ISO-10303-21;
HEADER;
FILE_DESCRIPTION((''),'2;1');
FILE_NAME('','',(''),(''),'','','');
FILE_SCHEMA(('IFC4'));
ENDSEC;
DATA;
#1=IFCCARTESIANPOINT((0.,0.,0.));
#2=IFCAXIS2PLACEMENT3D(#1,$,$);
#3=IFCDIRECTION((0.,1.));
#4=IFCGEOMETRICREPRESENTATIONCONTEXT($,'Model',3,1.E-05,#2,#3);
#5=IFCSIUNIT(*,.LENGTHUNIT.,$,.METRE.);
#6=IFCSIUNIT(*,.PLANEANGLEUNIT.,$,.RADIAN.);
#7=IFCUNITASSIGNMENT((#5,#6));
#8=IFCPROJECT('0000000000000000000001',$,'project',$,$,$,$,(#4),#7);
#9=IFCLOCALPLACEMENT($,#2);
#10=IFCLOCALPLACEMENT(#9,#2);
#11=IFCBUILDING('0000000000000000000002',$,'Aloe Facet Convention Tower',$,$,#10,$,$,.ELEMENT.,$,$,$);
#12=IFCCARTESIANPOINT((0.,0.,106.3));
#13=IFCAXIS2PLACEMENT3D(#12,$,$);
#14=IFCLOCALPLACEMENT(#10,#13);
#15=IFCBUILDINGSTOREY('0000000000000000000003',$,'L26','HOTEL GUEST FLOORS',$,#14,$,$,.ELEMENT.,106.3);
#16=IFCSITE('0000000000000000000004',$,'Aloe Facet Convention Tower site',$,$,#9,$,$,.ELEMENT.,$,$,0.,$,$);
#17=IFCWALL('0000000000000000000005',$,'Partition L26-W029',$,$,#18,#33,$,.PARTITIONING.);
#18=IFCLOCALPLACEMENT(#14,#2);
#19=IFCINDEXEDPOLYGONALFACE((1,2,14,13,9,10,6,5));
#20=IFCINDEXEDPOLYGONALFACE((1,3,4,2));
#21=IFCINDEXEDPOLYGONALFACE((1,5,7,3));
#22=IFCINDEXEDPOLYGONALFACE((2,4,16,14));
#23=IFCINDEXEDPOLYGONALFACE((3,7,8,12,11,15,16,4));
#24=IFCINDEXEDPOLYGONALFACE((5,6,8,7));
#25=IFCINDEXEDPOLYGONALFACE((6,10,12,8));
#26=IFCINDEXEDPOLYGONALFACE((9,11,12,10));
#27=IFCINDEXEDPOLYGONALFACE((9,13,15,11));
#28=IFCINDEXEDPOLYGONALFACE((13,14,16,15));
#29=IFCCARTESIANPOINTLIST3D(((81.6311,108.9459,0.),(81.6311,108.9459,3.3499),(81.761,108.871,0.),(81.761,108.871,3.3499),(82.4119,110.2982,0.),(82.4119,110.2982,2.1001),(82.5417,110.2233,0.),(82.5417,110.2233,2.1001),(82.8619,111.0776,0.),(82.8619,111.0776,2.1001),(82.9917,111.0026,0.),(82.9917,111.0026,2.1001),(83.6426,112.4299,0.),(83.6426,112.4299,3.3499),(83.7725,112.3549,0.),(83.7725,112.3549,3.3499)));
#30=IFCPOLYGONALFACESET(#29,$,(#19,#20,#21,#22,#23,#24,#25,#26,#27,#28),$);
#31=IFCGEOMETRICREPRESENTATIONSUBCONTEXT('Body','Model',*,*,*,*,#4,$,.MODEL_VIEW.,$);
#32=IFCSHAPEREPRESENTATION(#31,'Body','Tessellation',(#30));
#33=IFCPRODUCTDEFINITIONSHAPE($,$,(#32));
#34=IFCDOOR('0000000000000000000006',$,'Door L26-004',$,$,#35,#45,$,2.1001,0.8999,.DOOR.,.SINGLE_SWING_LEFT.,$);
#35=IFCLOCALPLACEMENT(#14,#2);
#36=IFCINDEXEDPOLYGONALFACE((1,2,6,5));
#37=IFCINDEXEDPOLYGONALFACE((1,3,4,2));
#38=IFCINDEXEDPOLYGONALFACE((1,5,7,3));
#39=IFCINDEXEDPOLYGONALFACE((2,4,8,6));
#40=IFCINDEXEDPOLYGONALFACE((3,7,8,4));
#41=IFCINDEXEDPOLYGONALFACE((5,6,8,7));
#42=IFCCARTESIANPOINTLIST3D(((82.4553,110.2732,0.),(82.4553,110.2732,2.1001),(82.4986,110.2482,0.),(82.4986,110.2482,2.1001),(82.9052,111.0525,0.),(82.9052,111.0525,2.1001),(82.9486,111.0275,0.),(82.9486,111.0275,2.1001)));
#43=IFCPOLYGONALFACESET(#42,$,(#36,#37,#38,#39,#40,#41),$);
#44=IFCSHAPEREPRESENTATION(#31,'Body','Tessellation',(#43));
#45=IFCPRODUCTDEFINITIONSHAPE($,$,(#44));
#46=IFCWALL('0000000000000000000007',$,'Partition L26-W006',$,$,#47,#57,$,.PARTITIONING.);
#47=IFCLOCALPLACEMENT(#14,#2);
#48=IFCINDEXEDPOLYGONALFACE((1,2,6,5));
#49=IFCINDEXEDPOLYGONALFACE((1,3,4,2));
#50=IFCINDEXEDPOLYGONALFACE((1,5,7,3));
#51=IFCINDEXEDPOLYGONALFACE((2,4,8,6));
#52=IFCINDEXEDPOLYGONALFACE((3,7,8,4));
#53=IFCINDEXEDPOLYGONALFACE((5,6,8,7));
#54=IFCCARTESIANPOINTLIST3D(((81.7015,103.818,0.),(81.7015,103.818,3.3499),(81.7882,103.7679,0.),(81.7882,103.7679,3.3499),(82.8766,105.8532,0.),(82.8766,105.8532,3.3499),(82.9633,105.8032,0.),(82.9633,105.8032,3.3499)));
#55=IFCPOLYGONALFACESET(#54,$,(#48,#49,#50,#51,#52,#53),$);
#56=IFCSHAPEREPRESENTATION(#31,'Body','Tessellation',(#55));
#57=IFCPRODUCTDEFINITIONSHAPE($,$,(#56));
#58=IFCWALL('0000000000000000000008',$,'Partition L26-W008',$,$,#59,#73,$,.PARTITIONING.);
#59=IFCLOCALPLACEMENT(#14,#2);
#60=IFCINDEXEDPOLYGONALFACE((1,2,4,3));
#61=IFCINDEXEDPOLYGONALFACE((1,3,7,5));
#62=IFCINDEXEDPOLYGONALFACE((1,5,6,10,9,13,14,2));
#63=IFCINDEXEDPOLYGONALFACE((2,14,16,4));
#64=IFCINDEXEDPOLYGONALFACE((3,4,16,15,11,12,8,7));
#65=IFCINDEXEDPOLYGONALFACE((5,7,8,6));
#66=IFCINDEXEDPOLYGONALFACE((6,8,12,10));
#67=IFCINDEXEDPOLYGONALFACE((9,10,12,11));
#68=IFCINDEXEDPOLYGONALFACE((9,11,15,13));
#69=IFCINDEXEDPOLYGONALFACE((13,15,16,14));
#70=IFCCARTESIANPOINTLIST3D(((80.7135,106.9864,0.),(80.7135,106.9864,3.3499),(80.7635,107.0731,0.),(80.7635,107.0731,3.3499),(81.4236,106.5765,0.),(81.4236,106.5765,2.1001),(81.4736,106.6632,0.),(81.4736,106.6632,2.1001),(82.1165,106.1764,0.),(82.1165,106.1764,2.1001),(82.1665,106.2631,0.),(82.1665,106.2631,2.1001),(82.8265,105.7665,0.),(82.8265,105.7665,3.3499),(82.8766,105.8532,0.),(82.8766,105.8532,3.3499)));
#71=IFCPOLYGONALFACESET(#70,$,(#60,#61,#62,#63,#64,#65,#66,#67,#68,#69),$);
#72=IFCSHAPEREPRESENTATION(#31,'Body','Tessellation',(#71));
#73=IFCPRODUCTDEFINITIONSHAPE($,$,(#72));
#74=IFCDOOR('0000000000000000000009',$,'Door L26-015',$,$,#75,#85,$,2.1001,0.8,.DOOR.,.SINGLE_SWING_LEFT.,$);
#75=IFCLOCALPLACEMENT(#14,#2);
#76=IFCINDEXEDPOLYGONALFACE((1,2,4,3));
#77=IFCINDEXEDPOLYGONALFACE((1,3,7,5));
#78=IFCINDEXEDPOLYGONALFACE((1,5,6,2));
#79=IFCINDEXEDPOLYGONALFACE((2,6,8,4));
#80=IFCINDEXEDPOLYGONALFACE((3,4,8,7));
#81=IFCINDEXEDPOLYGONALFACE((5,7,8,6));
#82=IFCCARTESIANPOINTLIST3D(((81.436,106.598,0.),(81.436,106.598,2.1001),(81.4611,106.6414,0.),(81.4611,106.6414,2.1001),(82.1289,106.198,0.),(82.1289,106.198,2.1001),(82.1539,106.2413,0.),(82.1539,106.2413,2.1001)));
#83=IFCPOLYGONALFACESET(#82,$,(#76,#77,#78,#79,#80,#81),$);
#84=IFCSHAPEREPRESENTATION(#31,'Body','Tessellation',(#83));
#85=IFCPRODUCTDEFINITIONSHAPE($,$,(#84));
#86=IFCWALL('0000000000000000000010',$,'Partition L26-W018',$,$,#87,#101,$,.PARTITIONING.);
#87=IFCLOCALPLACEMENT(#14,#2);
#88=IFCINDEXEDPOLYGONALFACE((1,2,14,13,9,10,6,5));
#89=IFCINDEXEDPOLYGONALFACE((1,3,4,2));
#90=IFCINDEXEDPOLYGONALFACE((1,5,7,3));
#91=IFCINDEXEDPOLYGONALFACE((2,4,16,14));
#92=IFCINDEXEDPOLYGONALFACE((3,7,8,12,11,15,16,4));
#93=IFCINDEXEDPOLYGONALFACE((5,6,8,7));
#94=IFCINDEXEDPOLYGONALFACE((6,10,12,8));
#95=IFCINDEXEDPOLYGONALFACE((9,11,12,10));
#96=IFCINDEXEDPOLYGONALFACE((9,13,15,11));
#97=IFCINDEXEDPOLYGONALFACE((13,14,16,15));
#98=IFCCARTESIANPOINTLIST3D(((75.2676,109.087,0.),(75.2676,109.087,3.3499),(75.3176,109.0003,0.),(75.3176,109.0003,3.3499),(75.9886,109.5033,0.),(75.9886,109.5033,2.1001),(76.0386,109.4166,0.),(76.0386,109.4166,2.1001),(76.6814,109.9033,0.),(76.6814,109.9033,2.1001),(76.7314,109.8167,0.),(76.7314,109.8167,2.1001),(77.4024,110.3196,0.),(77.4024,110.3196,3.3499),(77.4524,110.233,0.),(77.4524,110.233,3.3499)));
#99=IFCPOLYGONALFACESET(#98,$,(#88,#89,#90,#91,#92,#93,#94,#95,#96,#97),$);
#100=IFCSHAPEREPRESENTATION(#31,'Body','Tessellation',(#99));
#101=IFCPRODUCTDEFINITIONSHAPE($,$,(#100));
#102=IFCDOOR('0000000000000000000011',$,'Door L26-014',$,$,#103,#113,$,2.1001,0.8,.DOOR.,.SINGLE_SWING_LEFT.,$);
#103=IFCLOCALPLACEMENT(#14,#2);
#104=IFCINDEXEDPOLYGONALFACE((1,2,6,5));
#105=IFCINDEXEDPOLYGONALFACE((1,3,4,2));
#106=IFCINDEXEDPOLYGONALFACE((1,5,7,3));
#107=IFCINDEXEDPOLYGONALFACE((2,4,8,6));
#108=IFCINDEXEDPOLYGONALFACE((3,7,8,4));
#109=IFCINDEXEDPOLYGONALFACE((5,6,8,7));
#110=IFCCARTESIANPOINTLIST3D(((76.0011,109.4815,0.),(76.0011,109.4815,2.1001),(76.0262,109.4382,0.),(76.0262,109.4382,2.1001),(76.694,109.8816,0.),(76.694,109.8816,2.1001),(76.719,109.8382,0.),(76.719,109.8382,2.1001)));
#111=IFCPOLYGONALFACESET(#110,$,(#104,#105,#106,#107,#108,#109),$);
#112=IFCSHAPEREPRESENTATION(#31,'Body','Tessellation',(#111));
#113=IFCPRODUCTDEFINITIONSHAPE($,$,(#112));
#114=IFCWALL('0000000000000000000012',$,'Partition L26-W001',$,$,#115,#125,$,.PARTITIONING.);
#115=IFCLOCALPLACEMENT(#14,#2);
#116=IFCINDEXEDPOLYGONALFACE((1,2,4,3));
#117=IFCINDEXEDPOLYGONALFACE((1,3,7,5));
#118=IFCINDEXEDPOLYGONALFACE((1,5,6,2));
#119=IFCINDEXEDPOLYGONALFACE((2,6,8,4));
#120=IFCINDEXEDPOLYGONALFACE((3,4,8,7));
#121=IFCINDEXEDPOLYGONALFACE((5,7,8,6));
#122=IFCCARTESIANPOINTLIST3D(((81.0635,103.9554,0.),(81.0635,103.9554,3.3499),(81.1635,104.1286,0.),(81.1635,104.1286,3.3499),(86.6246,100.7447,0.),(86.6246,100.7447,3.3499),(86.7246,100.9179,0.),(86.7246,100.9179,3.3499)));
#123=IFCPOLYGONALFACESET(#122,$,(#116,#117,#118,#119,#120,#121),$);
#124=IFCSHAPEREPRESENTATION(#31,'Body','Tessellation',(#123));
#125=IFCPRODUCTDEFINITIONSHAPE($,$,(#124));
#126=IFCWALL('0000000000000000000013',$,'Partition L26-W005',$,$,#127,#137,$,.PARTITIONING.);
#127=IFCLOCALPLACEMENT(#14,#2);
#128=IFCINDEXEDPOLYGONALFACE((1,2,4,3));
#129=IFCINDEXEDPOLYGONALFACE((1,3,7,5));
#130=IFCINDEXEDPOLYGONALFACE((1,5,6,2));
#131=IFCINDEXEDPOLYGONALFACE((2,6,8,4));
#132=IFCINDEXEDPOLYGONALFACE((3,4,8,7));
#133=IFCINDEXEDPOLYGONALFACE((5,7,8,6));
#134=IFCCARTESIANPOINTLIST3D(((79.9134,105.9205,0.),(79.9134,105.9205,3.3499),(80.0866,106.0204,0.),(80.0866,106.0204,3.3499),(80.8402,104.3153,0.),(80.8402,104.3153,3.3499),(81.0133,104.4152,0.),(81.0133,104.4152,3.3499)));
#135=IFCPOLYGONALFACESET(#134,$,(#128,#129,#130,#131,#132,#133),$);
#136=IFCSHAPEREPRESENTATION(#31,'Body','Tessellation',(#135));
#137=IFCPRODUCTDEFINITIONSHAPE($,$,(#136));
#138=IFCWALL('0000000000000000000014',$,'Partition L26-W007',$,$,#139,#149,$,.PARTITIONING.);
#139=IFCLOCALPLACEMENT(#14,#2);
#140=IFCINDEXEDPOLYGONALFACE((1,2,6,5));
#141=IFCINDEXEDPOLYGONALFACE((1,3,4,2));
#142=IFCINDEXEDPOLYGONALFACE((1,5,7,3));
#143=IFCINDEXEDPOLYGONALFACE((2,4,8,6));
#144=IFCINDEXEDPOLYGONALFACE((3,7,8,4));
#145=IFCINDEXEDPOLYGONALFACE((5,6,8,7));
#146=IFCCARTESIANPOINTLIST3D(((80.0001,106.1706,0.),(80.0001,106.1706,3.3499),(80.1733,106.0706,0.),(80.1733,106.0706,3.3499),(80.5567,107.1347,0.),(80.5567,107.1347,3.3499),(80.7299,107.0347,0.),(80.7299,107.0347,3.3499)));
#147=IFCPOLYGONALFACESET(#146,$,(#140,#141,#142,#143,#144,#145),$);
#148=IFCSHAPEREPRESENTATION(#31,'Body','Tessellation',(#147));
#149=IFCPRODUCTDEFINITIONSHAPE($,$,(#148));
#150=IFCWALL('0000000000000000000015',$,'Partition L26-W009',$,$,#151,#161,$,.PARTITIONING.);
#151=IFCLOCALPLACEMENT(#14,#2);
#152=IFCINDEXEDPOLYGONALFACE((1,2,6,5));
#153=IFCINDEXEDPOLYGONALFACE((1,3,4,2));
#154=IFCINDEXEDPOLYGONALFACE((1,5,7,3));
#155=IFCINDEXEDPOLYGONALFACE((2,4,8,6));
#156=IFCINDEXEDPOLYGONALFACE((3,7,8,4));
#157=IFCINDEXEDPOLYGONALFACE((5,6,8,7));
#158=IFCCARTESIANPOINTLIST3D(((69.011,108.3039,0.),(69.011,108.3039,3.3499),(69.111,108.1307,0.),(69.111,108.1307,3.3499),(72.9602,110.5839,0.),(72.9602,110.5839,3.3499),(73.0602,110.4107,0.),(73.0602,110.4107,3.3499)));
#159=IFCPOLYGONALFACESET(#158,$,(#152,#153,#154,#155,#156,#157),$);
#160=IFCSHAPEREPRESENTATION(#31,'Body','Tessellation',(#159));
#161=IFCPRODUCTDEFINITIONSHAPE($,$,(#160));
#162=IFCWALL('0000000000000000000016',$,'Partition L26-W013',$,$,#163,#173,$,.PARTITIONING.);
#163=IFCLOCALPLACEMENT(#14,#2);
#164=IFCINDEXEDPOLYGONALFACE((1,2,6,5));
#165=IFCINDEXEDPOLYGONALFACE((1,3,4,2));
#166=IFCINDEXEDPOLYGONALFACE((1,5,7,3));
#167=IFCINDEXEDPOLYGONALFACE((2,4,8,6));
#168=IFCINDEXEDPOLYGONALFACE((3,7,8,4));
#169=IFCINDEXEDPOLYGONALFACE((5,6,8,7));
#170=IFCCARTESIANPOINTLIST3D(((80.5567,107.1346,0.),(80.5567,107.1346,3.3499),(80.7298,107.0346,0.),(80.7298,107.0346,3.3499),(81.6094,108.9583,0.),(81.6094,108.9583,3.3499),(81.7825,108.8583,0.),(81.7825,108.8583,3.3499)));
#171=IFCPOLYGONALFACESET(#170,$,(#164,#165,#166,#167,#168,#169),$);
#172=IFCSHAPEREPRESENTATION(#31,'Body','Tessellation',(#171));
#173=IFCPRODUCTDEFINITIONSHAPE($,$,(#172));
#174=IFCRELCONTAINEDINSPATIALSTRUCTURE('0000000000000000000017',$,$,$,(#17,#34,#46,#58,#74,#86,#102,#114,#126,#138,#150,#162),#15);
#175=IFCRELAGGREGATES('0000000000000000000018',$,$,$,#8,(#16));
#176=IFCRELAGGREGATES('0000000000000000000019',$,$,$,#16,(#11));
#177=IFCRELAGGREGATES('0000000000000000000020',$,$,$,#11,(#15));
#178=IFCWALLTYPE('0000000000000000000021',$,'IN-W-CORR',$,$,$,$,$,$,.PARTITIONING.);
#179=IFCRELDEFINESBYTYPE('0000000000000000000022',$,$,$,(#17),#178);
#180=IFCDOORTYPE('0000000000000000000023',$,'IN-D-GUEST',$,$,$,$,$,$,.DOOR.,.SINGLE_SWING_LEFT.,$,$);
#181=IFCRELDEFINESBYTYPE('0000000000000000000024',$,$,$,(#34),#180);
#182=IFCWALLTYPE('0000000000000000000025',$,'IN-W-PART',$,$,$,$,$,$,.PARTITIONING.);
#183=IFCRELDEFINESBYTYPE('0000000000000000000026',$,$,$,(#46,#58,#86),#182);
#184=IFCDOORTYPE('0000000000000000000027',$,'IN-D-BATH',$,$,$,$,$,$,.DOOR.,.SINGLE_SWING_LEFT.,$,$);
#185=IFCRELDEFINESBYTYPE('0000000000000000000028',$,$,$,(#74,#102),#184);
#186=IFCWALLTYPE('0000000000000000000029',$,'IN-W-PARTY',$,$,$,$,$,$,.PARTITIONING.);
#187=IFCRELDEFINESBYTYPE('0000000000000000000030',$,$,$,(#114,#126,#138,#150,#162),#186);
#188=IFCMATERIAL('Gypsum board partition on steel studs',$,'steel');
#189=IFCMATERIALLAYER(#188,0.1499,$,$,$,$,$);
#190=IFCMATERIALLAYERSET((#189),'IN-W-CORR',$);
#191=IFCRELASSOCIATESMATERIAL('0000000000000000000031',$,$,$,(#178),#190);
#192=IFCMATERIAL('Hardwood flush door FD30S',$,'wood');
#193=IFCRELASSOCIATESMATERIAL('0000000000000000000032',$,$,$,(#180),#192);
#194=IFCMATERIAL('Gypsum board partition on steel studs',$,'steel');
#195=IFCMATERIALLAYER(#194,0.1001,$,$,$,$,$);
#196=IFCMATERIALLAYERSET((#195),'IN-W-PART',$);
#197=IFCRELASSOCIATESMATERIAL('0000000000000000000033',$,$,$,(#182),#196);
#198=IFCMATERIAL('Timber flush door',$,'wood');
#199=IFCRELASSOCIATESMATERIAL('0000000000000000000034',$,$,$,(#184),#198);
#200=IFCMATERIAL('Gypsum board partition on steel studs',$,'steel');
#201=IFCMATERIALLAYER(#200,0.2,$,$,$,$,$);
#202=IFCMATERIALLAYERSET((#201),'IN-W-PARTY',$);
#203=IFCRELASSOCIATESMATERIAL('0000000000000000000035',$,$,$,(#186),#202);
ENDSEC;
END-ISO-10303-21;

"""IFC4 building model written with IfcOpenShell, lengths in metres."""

from ifc_helpers import new_model, si_unit, direction, frame, frame_2d, origin, place, context, subcontext, project, spatial, rectangle, extrude, material, layer, layer_set, type_object, element, fill, save


model = new_model("IFC4")

# Units and contexts
model_context = context("Model", 3, precision=1e-05, world=origin(), true_north=direction((0.0, 1.0)))
body_context = subcontext(model_context, "Body", "Model", "MODEL_VIEW")
ifc_project = project(units=[si_unit("LENGTHUNIT", "METRE"), si_unit("PLANEANGLEUNIT", "RADIAN")], contexts=[model_context])

# Site, building, storey
site_placement = place(None, origin())
site = spatial("IfcSite", under=ifc_project, at=site_placement, Name="Aloe Facet Convention Tower site", CompositionType="ELEMENT", RefElevation=0.0)
building_placement = place(site_placement, origin())
building = spatial("IfcBuilding", under=site, at=building_placement, Name="Aloe Facet Convention Tower", CompositionType="ELEMENT")
storey_placement = place(building_placement, frame((0.0, 0.0, 106.3)))
storey = spatial("IfcBuildingStorey", under=building, at=storey_placement, Name="L26", Description="HOTEL GUEST FLOORS", CompositionType="ELEMENT", Elevation=106.3)

# Shared definitions
ifc_material_1 = material(Name="Gypsum board partition on steel studs", Category="steel")
ifc_layer_1 = layer(ifc_material_1, 0.1499)
ifc_layer_set_1 = layer_set([ifc_layer_1], Name="IN-W-CORR")
wall_type_1 = type_object("IfcWallType", Name="IN-W-CORR", PredefinedType="PARTITIONING", material=ifc_layer_set_1)

# Wall, opening, door
wall_1_placement = place(storey_placement, frame((81.696, 108.9084, 0.0), z_axis=(0.0, 0.0, 1.0), x_axis=(0.50001, 0.86602, 0.0)))
wall_1 = element("IfcWall", 1, at=wall_1_placement, inside=storey, type_object=wall_type_1, Name="Partition L26-W029", PredefinedType="PARTITIONING", context=body_context, shape_type="SweptSolid", body=[
    extrude(rectangle(XDim=4.0229, YDim=0.1499, at=frame_2d((2.0115, 0.0))), origin(), (0.0, 0.0, 1.0), 3.3499),
])
opening_1_placement = place(wall_1_placement, frame((1.5615, 0.0, 0.0)))
opening_1 = element("IfcOpeningElement", 2, at=opening_1_placement, cuts=wall_1, PredefinedType="OPENING", context=body_context, shape_type="SweptSolid", body=[
    extrude(rectangle(XDim=0.8999, YDim=2.1001, at=frame_2d((0.45, 1.05))), frame((0.0, 0.085, 0.0), z_axis=(0.0, -1.0, 0.0), x_axis=(1.0, 0.0, 0.0)), (0.0, 0.0, 1.0), 0.1699),
])
ifc_material_2 = material(Name="Hardwood flush door FD30S", Category="wood")
door_type_1 = type_object("IfcDoorType", Name="IN-D-GUEST", OperationType="SINGLE_SWING_LEFT", PredefinedType="DOOR", material=ifc_material_2)
door_1_placement = place(opening_1_placement, origin())
door_1 = element("IfcDoor", 3, at=door_1_placement, inside=storey, type_object=door_type_1, Name="Door L26-004", OperationType="SINGLE_SWING_LEFT", OverallHeight=2.1001, OverallWidth=0.8999, PredefinedType="DOOR", context=body_context, shape_type="SweptSolid", body=[
    extrude(rectangle(XDim=0.8999, YDim=2.1001, at=frame_2d((0.45, 1.05))), frame((0.0, 0.0249, 0.0), z_axis=(0.0, -1.0, 0.0), x_axis=(1.0, 0.0, 0.0)), (0.0, 0.0, 1.0), 0.05),
])
fill(opening_1, door_1)

# Wall
ifc_material_3 = material(Name="Gypsum board partition on steel studs", Category="steel")
ifc_layer_2 = layer(ifc_material_3, 0.1001)
ifc_layer_set_2 = layer_set([ifc_layer_2], Name="IN-W-PART")
wall_type_2 = type_object("IfcWallType", Name="IN-W-PART", PredefinedType="PARTITIONING", material=ifc_layer_set_2)
wall_2_placement = place(storey_placement, frame((81.7449, 103.793, 0.0), z_axis=(0.0, 0.0, 1.0), x_axis=(0.500016, 0.866016, 0.0)))
element("IfcWall", 4, at=wall_2_placement, inside=storey, type_object=wall_type_2, Name="Partition L26-W006", PredefinedType="PARTITIONING", context=body_context, shape_type="SweptSolid", body=[
    extrude(rectangle(XDim=2.3501, YDim=0.1001, at=frame_2d((1.175, 0.0))), origin(), (0.0, 0.0, 1.0), 3.3499),
])

# Walls, openings, doors
wall_3_placement = place(storey_placement, frame((80.7385, 107.0298, 0.0), z_axis=(0.0, 0.0, 1.0), x_axis=(0.866024, -0.500003, 0.0)))
wall_3 = element("IfcWall", 5, at=wall_3_placement, inside=storey, type_object=wall_type_2, Name="Partition L26-W008", PredefinedType="PARTITIONING", context=body_context, shape_type="SweptSolid", body=[
    extrude(rectangle(XDim=2.4399, YDim=0.1001, at=frame_2d((1.22, 0.0))), origin(), (0.0, 0.0, 1.0), 3.3499),
])
opening_2_placement = place(wall_3_placement, frame((0.8201, 0.0, 0.0)))
opening_2 = element("IfcOpeningElement", 6, at=opening_2_placement, cuts=wall_3, PredefinedType="OPENING", context=body_context, shape_type="SweptSolid", body=[
    extrude(rectangle(XDim=0.8, YDim=2.1001, at=frame_2d((0.3999, 1.05))), frame((0.0, 0.0601, 0.0), z_axis=(0.0, -1.0, 0.0), x_axis=(1.0, 0.0, 0.0)), (0.0, 0.0, 1.0), 0.1201),
])
ifc_material_4 = material(Name="Timber flush door", Category="wood")
door_type_2 = type_object("IfcDoorType", Name="IN-D-BATH", OperationType="SINGLE_SWING_LEFT", PredefinedType="DOOR", material=ifc_material_4)
door_2_placement = place(opening_2_placement, origin())
door_2 = element("IfcDoor", 7, at=door_2_placement, inside=storey, type_object=door_type_2, Name="Door L26-015", OperationType="SINGLE_SWING_LEFT", OverallHeight=2.1001, OverallWidth=0.8, PredefinedType="DOOR", context=body_context, shape_type="SweptSolid", body=[
    extrude(rectangle(XDim=0.8, YDim=2.1001, at=frame_2d((0.3999, 1.05))), frame((0.0, 0.0249, 0.0), z_axis=(0.0, -1.0, 0.0), x_axis=(1.0, 0.0, 0.0)), (0.0, 0.0, 1.0), 0.05),
])
fill(opening_2, door_2)
wall_4_placement = place(storey_placement, frame((75.2927, 109.0437, 0.0), z_axis=(0.0, 0.0, 1.0), x_axis=(0.865998, 0.500048, 0.0)))
wall_4 = element("IfcWall", 8, at=wall_4_placement, inside=storey, type_object=wall_type_2, Name="Partition L26-W018", PredefinedType="PARTITIONING", context=body_context, shape_type="SweptSolid", body=[
    extrude(rectangle(XDim=2.4651, YDim=0.1001, at=frame_2d((1.2324, 0.0))), origin(), (0.0, 0.0, 1.0), 3.3499),
])
opening_3_placement = place(wall_4_placement, frame((0.8325, 0.0, 0.0)))
opening_3 = element("IfcOpeningElement", 9, at=opening_3_placement, cuts=wall_4, PredefinedType="OPENING", context=body_context, shape_type="SweptSolid", body=[
    extrude(rectangle(XDim=0.8, YDim=2.1001, at=frame_2d((0.3999, 1.05))), frame((0.0, 0.0601, 0.0), z_axis=(0.0, -1.0, 0.0), x_axis=(1.0, 0.0, 0.0)), (0.0, 0.0, 1.0), 0.1201),
])
door_3_placement = place(opening_3_placement, origin())
door_3 = element("IfcDoor", 10, at=door_3_placement, inside=storey, type_object=door_type_2, Name="Door L26-014", OperationType="SINGLE_SWING_LEFT", OverallHeight=2.1001, OverallWidth=0.8, PredefinedType="DOOR", context=body_context, shape_type="SweptSolid", body=[
    extrude(rectangle(XDim=0.8, YDim=2.1001, at=frame_2d((0.3999, 1.05))), frame((0.0, 0.0249, 0.0), z_axis=(0.0, -1.0, 0.0), x_axis=(1.0, 0.0, 0.0)), (0.0, 0.0, 1.0), 0.05),
])
fill(opening_3, door_3)

# Walls
ifc_material_5 = material(Name="Gypsum board partition on steel studs", Category="steel")
ifc_layer_3 = layer(ifc_material_5, 0.2)
ifc_layer_set_3 = layer_set([ifc_layer_3], Name="IN-W-PARTY")
wall_type_3 = type_object("IfcWallType", Name="IN-W-PARTY", PredefinedType="PARTITIONING", material=ifc_layer_set_3)
wall_5_placement = place(storey_placement, frame((81.1135, 104.042, 0.0), z_axis=(0.0, 0.0, 1.0), x_axis=(0.866024, -0.500003, 0.0)))
element("IfcWall", 11, at=wall_5_placement, inside=storey, type_object=wall_type_3, Name="Partition L26-W001", PredefinedType="PARTITIONING", context=body_context, shape_type="SweptSolid", body=[
    extrude(rectangle(XDim=6.4214, YDim=0.2, at=frame_2d((3.2107, 0.0))), origin(), (0.0, 0.0, 1.0), 3.3499),
])
wall_6_placement = place(storey_placement, frame((80.0, 105.9705, 0.0), z_axis=(0.0, 0.0, 1.0), x_axis=(0.499992, -0.86603, 0.0)))
element("IfcWall", 12, at=wall_6_placement, inside=storey, type_object=wall_type_3, Name="Partition L26-W005", PredefinedType="PARTITIONING", context=body_context, shape_type="SweptSolid", body=[
    extrude(rectangle(XDim=1.8535, YDim=0.2, at=frame_2d((0.9268, 0.0))), origin(), (0.0, 0.0, 1.0), 3.3499),
])
wall_7_placement = place(storey_placement, frame((80.0867, 106.1206, 0.0), z_axis=(0.0, 0.0, 1.0), x_axis=(0.500007, 0.866021, 0.0)))
element("IfcWall", 13, at=wall_7_placement, inside=storey, type_object=wall_type_3, Name="Partition L26-W007", PredefinedType="PARTITIONING", context=body_context, shape_type="SweptSolid", body=[
    extrude(rectangle(XDim=1.1133, YDim=0.2, at=frame_2d((0.5566, 0.0))), origin(), (0.0, 0.0, 1.0), 3.3499),
])
wall_8_placement = place(storey_placement, frame((69.061, 108.2173, 0.0), z_axis=(0.0, 0.0, 1.0), x_axis=(0.86603, 0.499991, 0.0)))
element("IfcWall", 14, at=wall_8_placement, inside=storey, type_object=wall_type_3, Name="Partition L26-W009", PredefinedType="PARTITIONING", context=body_context, shape_type="SweptSolid", body=[
    extrude(rectangle(XDim=4.5601, YDim=0.2, at=frame_2d((2.28, 0.0))), origin(), (0.0, 0.0, 1.0), 3.3499),
])
wall_9_placement = place(storey_placement, frame((80.6433, 107.0847, 0.0), z_axis=(0.0, 0.0, 1.0), x_axis=(0.49993, 0.866066, 0.0)))
element("IfcWall", 15, at=wall_9_placement, inside=storey, type_object=wall_type_3, Name="Partition L26-W013", PredefinedType="PARTITIONING", context=body_context, shape_type="SweptSolid", body=[
    extrude(rectangle(XDim=2.1057, YDim=0.2, at=frame_2d((1.0527, 0.0))), origin(), (0.0, 0.0, 1.0), 3.3499),
])

save(model, "model.ifc")
